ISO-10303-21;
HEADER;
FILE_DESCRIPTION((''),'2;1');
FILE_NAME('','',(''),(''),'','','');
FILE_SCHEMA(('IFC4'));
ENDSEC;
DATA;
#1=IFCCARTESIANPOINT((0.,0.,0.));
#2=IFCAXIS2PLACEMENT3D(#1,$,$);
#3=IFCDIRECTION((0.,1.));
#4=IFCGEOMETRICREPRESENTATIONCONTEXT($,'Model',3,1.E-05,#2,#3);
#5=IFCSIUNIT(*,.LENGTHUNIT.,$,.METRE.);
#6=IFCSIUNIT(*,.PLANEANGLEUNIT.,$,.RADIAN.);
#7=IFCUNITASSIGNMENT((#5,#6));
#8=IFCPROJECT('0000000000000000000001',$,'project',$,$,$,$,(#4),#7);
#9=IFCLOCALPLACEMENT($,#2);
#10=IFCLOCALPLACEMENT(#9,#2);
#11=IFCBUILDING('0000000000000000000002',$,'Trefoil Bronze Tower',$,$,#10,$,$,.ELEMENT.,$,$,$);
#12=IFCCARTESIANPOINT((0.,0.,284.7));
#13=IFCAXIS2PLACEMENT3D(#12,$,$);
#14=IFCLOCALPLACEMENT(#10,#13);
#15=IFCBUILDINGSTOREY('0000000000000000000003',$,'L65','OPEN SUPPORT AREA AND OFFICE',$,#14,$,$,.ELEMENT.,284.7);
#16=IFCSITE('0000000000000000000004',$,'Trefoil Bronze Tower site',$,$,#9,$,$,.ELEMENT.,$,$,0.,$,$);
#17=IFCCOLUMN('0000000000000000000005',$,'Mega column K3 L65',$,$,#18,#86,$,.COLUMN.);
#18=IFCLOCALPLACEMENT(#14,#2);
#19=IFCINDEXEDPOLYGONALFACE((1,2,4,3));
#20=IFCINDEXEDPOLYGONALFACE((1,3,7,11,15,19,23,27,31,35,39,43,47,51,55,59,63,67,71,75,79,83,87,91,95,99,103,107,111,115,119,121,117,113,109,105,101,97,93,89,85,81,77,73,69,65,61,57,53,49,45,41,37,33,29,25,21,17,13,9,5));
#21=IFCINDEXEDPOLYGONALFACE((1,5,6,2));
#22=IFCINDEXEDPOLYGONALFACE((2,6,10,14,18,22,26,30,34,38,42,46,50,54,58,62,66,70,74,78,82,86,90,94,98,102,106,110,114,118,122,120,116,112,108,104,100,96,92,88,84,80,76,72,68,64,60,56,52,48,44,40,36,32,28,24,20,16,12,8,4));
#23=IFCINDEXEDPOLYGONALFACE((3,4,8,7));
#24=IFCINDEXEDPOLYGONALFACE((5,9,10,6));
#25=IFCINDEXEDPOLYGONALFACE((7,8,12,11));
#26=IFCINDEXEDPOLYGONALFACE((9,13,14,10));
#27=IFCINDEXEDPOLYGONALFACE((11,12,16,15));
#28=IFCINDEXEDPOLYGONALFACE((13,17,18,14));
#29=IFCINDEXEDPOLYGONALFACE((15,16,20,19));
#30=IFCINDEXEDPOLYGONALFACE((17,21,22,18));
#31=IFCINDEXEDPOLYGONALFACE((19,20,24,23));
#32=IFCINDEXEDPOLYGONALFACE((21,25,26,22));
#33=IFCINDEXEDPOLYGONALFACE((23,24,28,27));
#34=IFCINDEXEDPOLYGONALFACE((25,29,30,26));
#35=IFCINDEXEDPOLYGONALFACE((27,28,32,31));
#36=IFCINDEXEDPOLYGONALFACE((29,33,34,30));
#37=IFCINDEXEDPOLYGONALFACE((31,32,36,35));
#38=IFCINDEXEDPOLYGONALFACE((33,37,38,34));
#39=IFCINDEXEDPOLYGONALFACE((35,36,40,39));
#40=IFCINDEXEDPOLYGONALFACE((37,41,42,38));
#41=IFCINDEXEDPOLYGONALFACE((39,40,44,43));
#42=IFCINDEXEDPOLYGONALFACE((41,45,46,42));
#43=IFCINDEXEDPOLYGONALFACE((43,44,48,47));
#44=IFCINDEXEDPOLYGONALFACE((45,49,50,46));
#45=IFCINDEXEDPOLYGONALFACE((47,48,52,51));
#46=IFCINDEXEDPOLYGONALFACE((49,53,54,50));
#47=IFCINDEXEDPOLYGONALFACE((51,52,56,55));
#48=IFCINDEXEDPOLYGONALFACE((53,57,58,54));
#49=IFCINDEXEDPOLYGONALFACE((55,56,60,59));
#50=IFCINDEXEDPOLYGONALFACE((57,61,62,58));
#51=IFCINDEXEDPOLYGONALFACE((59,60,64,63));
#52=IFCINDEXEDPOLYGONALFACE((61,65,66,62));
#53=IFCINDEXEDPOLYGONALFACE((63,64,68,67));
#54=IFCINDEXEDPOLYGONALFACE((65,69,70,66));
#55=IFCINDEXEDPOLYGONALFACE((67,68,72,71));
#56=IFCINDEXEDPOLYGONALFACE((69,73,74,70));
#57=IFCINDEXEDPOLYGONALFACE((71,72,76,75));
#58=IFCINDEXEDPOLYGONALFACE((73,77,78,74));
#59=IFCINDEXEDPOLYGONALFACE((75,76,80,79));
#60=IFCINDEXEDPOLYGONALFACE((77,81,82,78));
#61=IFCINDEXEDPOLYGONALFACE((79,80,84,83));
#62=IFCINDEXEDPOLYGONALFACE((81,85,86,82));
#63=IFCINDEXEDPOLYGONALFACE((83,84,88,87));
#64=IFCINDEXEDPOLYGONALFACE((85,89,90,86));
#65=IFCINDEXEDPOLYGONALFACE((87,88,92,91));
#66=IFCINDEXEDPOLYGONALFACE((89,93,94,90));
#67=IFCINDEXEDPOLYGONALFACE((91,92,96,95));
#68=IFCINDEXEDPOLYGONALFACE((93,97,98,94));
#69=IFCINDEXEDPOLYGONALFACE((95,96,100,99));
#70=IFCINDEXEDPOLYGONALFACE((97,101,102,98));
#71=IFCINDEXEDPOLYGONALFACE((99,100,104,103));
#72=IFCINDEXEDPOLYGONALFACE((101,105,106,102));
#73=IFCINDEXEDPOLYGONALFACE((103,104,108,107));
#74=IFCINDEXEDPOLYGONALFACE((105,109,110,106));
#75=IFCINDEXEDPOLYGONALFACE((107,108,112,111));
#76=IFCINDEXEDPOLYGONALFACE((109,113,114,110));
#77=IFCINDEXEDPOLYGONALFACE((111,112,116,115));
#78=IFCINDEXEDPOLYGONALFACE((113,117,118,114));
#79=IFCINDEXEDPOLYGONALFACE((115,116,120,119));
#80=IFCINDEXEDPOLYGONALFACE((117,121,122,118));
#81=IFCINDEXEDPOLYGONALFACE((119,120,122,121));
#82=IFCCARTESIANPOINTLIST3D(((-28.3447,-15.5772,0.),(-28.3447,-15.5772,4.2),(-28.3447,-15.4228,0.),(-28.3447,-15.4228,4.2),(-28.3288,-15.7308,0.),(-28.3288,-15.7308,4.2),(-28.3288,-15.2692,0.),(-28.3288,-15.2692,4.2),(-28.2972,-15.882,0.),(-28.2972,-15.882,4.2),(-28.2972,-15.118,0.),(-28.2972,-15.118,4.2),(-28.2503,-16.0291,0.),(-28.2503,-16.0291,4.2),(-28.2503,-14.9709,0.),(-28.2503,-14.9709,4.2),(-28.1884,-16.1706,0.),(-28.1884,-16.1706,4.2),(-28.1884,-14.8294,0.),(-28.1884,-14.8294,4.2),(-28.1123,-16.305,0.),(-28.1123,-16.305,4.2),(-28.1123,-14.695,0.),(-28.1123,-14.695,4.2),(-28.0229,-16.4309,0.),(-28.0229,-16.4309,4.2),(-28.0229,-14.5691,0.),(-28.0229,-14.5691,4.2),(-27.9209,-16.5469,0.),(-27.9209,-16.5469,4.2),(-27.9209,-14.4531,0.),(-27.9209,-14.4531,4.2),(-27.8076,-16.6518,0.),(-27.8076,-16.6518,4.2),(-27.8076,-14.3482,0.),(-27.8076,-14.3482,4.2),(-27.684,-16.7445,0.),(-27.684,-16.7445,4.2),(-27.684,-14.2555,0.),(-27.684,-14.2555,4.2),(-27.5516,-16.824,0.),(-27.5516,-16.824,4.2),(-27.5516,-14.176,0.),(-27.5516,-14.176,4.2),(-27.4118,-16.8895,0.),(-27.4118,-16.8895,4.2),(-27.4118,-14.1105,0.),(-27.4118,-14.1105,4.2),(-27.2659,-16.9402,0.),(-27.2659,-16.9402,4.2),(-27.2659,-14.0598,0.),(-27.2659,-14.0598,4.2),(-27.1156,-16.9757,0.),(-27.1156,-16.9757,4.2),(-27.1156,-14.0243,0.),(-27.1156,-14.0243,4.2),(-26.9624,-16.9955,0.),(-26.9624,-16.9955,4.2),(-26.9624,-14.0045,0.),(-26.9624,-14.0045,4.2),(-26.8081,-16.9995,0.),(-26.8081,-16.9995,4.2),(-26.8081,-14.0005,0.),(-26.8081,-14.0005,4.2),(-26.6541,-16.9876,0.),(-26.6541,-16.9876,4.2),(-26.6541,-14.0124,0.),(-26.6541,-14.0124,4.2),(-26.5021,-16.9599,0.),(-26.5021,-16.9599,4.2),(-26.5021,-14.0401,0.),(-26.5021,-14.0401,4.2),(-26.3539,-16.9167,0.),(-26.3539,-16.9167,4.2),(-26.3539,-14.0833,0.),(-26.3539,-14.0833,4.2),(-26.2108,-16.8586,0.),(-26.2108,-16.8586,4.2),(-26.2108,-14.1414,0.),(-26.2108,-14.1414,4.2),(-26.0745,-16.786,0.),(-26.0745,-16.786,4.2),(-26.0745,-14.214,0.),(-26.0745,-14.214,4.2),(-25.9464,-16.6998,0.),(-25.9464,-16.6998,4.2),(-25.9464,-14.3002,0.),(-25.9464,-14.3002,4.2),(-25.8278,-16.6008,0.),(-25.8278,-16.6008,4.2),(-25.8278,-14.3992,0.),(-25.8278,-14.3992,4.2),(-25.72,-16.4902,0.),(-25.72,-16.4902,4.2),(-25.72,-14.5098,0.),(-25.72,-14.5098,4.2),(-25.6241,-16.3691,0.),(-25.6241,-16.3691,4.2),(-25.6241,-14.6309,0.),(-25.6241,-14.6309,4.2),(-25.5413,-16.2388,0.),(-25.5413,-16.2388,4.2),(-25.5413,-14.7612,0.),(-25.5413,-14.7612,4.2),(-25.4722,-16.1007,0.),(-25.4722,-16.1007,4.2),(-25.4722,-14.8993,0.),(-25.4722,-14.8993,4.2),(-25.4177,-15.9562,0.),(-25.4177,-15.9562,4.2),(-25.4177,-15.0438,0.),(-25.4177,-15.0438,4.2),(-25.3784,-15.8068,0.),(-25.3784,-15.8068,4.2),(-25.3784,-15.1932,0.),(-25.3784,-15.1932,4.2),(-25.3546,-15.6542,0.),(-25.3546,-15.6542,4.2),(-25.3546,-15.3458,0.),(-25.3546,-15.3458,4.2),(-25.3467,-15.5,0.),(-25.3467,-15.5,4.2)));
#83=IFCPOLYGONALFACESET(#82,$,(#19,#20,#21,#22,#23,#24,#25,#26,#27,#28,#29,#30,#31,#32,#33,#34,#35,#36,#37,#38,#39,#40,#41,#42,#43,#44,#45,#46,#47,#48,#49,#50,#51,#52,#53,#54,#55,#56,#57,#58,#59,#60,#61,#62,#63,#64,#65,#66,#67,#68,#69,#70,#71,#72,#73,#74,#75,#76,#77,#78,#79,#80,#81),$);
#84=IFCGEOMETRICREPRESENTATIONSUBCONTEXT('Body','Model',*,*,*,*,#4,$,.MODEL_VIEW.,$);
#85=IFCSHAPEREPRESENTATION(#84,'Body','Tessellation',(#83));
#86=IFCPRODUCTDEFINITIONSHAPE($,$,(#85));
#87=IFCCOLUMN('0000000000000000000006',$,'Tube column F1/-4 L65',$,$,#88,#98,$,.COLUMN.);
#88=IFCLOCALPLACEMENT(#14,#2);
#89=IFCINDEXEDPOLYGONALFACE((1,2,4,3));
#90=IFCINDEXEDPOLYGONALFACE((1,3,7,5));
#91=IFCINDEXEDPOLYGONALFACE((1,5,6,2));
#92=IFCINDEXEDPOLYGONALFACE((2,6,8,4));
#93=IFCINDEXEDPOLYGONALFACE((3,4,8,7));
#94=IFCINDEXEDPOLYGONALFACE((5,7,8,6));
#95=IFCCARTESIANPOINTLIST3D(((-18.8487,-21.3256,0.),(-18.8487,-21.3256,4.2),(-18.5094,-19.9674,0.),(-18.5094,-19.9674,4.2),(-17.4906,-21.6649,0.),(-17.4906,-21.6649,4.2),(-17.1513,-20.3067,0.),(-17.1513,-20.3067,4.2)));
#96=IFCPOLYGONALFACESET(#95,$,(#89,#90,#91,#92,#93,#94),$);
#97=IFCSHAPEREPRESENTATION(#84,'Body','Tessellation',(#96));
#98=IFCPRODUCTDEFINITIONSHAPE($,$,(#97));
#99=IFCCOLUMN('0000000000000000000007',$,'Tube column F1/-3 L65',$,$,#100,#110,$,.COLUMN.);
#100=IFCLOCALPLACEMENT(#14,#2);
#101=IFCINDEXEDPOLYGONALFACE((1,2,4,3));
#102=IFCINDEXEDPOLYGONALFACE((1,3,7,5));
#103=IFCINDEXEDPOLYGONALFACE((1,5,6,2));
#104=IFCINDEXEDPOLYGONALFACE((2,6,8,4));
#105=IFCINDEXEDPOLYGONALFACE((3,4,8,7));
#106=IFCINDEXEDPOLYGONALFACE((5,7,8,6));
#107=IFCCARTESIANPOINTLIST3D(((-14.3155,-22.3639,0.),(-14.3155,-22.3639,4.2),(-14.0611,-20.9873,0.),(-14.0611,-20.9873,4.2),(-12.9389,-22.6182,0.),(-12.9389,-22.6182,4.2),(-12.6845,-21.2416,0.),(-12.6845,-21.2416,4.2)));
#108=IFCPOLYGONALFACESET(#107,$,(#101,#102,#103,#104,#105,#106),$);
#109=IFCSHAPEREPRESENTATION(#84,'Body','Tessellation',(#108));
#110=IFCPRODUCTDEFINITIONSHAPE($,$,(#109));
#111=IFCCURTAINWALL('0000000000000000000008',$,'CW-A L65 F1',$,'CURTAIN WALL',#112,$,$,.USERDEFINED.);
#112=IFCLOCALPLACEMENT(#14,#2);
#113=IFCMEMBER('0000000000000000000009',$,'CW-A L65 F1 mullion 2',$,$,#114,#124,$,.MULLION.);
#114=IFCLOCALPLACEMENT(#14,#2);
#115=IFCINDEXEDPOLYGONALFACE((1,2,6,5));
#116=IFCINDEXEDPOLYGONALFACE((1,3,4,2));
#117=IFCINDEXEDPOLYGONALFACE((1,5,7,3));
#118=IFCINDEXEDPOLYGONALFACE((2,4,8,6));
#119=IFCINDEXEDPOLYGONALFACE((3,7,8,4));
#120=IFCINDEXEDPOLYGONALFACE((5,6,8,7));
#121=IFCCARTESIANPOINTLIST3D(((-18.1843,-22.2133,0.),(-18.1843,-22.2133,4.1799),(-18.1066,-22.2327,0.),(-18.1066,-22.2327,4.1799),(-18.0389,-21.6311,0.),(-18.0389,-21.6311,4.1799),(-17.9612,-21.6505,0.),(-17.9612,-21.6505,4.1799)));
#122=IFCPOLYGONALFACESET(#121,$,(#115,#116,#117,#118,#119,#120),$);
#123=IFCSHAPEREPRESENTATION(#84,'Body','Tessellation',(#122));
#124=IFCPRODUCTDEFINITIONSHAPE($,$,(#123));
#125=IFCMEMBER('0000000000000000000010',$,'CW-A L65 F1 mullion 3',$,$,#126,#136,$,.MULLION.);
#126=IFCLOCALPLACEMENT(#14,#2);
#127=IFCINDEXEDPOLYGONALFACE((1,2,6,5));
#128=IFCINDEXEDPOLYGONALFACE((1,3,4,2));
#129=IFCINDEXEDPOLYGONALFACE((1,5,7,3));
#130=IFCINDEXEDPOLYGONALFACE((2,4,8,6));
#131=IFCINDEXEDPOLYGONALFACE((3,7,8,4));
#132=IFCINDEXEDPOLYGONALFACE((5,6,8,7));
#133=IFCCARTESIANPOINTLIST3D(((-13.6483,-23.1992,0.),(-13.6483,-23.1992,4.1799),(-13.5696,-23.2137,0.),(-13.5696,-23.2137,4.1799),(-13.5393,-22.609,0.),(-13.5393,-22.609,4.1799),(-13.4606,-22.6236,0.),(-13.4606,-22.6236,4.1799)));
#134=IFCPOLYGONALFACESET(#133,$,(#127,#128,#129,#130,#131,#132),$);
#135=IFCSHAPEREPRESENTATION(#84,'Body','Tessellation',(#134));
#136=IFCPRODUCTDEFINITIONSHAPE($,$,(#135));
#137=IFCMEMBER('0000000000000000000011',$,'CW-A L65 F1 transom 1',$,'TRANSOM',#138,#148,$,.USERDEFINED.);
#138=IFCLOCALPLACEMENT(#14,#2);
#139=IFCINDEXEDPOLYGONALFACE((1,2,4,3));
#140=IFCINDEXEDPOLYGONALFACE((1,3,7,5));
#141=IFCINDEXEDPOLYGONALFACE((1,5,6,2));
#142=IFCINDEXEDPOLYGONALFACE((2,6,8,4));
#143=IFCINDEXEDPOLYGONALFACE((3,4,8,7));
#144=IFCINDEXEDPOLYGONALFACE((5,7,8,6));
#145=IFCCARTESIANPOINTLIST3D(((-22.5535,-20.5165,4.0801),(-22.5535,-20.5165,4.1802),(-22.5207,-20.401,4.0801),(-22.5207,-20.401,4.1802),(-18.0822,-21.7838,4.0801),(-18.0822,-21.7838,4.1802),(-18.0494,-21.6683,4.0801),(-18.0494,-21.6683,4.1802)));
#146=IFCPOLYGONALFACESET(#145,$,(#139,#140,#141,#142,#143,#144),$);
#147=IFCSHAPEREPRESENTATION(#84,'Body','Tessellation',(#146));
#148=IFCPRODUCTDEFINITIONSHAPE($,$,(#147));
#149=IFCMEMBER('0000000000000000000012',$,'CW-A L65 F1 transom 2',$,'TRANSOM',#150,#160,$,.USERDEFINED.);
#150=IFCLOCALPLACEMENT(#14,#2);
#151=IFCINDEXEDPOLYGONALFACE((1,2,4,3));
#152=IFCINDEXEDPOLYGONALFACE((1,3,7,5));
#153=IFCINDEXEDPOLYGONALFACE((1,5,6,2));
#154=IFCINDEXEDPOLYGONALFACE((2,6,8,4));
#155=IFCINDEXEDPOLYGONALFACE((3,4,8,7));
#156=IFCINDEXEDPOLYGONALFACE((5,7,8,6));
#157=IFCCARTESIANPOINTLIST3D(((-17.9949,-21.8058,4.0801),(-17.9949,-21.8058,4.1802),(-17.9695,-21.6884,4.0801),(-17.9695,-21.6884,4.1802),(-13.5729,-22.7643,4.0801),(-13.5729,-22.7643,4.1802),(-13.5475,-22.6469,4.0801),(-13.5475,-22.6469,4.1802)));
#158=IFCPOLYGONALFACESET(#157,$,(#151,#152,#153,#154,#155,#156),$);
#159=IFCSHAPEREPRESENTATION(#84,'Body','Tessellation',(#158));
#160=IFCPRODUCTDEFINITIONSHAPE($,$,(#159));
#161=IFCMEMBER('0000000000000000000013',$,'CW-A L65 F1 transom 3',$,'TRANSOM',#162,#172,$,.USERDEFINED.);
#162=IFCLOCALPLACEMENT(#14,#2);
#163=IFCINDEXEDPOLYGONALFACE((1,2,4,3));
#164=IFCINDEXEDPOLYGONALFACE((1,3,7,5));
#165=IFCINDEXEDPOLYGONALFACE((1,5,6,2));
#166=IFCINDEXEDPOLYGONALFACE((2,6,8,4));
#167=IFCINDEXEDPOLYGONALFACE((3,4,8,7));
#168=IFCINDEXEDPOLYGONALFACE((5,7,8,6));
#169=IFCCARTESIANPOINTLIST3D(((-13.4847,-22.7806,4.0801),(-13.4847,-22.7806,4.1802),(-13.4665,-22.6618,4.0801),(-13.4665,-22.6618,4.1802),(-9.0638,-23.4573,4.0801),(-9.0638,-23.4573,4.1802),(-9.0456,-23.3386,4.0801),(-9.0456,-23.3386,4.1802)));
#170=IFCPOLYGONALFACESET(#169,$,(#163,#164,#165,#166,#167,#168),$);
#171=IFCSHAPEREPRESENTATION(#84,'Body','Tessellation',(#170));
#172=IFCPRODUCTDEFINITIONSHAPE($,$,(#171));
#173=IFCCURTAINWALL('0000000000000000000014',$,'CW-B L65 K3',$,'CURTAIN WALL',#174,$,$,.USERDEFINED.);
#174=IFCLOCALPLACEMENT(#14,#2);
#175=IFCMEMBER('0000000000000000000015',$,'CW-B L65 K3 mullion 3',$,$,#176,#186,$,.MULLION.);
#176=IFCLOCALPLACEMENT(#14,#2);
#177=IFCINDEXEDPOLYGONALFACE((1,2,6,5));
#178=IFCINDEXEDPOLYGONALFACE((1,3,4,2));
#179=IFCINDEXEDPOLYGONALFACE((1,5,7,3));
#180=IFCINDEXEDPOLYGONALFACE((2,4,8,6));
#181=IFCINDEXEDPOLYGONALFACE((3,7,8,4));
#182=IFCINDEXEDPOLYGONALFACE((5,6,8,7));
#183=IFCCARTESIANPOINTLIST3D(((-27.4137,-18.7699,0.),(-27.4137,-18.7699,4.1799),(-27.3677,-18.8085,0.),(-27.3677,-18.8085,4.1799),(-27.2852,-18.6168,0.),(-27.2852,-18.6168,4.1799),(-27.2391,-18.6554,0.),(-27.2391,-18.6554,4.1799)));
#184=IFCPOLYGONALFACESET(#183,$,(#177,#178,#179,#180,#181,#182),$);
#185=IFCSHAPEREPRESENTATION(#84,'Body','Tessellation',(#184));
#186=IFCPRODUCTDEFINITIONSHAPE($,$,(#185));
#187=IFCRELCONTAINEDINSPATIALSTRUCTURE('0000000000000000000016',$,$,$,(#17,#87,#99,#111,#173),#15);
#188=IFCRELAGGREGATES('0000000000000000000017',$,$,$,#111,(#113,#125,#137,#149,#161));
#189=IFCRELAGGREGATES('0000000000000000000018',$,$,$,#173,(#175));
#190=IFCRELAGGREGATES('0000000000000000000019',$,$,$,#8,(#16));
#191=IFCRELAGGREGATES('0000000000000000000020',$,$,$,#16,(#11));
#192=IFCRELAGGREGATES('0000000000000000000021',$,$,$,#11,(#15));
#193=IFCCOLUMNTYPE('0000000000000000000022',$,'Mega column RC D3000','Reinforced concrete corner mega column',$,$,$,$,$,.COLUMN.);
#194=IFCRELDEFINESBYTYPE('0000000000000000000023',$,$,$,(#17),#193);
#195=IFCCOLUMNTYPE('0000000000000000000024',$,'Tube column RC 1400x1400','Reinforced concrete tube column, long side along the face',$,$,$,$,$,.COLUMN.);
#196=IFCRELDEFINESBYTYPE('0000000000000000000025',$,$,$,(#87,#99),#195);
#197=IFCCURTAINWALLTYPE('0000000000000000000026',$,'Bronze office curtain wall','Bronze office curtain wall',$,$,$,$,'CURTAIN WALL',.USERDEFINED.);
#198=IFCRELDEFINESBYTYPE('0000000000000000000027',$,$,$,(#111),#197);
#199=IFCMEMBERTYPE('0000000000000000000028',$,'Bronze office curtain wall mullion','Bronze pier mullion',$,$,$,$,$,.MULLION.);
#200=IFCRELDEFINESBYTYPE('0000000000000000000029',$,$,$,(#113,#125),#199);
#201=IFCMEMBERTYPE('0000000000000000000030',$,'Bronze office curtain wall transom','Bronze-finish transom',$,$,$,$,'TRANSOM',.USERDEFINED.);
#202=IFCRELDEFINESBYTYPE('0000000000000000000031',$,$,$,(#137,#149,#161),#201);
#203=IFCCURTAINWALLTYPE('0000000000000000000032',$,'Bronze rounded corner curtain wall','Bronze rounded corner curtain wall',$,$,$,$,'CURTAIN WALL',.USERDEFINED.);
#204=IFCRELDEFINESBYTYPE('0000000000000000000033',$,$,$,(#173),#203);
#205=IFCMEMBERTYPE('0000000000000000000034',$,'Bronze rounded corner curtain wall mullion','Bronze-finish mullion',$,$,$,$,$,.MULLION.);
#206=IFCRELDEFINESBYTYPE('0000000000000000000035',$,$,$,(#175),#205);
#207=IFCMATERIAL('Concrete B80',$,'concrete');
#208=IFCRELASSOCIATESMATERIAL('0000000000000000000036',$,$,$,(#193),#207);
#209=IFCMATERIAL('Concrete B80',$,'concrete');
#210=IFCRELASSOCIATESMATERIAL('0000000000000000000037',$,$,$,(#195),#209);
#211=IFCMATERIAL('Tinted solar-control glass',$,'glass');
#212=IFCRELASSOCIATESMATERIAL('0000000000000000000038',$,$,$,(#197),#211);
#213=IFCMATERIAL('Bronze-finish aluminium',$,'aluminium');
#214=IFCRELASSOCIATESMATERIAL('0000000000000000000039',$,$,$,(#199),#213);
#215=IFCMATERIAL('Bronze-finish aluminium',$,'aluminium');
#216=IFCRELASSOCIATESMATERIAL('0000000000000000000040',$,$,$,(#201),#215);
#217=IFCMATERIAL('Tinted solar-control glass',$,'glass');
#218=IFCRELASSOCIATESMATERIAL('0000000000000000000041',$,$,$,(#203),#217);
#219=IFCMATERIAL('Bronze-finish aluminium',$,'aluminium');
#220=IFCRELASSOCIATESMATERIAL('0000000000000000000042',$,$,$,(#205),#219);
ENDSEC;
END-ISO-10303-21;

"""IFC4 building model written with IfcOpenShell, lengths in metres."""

from ifc_helpers import new_model, si_unit, direction, frame, origin, origin_2d, place, context, subcontext, project, spatial, rectangle, circle, extrude, material, material_profile, profile_set, type_object, element, aggregate, save


model = new_model("IFC4")

# Units and contexts
model_context = context("Model", 3, precision=1e-05, world=origin(), true_north=direction((0.0, 1.0)))
body_context = subcontext(model_context, "Body", "Model", "MODEL_VIEW")
ifc_project = project(units=[si_unit("LENGTHUNIT", "METRE"), si_unit("PLANEANGLEUNIT", "RADIAN")], contexts=[model_context])

# Site, building, storey
site_placement = place(None, origin())
site = spatial("IfcSite", under=ifc_project, at=site_placement, Name="Trefoil Bronze Tower site", CompositionType="ELEMENT", RefElevation=0.0)
building_placement = place(site_placement, origin())
building = spatial("IfcBuilding", under=site, at=building_placement, Name="Trefoil Bronze Tower", CompositionType="ELEMENT")
storey_placement = place(building_placement, frame((0.0, 0.0, 284.7)))
storey = spatial("IfcBuildingStorey", under=building, at=storey_placement, Name="L65", Description="OPEN SUPPORT AREA AND OFFICE", CompositionType="ELEMENT", Elevation=284.7)

# Columns
ifc_material_1 = material(Name="Concrete B80", Category="concrete")
ifc_material_profile_1 = material_profile(ifc_material_1, circle(Radius=1.5, at=origin_2d()), Name="RC D3000")
ifc_profile_set_1 = profile_set([ifc_material_profile_1], Name="Concrete B80")
column_type_1 = type_object("IfcColumnType", Name="Mega column RC D3000", Description="Reinforced concrete corner mega column", PredefinedType="COLUMN", material=ifc_profile_set_1)
column_placement = place(storey_placement, frame((-26.8467, -15.5, 0.0), z_axis=(0.0, 0.0, 1.0), x_axis=(1.0, 0.0, 0.0)))
element("IfcColumn", 1, at=column_placement, inside=storey, type_object=column_type_1, Name="Mega column K3 L65", PredefinedType="COLUMN", context=body_context, shape_type="SweptSolid", body=[
    extrude(circle(Radius=1.5, at=origin_2d()), origin(), (0.0, 0.0, 1.0), 4.2),
])
ifc_material_2 = material(Name="Concrete B80", Category="concrete")
ifc_material_profile_2 = material_profile(ifc_material_2, rectangle(XDim=1.3999, YDim=1.3999, at=origin_2d()), Name="RC 1400x1400")
ifc_profile_set_2 = profile_set([ifc_material_profile_2], Name="Concrete B80")
column_type_2 = type_object("IfcColumnType", Name="Tube column RC 1400x1400", Description="Reinforced concrete tube column, long side along the face", PredefinedType="COLUMN", material=ifc_profile_set_2)
for number, where, z_axis, x_axis, name in (
    (2, (-18.0, -20.8162, 0.0), (0.0, 0.0, 1.0), (0.970178, -0.242394, 0.0), "Tube column F1/-4 L65"),
    (3, (-13.5, -21.8027, 0.0), (0.0, 0.0, 1.0), (0.98336, -0.181667, 0.0), "Tube column F1/-3 L65"),
):
    element("IfcColumn", number, at=place(storey_placement, frame(where, z_axis=z_axis, x_axis=x_axis)), inside=storey, type_object=column_type_2, Name=name, PredefinedType="COLUMN", context=body_context, shape_type="SweptSolid", body=[
        extrude(rectangle(XDim=1.3999, YDim=1.3999, at=origin_2d()), origin(), (0.0, 0.0, 1.0), 4.2),
    ])

# Curtain walls, members
ifc_material_3 = material(Name="Tinted solar-control glass", Category="glass")
curtain_wall_type_1 = type_object("IfcCurtainWallType", Name="Bronze office curtain wall", Description="Bronze office curtain wall", ElementType="CURTAIN WALL", PredefinedType="USERDEFINED", material=ifc_material_3)
curtain_wall_1_placement = place(storey_placement, origin())
curtain_wall_1 = element("IfcCurtainWall", 4, at=curtain_wall_1_placement, inside=storey, type_object=curtain_wall_type_1, Name="CW-A L65 F1", ObjectType="CURTAIN WALL", PredefinedType="USERDEFINED")
ifc_material_4 = material(Name="Bronze-finish aluminium", Category="aluminium")
ifc_material_profile_3 = material_profile(ifc_material_4, rectangle(XDim=0.6001, YDim=0.0801, at=origin_2d()), Name="CW-A mullion")
ifc_profile_set_3 = profile_set([ifc_material_profile_3], Name="Bronze-finish aluminium")
member_type_1 = type_object("IfcMemberType", Name="Bronze office curtain wall mullion", Description="Bronze pier mullion", PredefinedType="MULLION", material=ifc_profile_set_3)
member_1_placement = place(storey_placement, frame((-18.0728, -21.9319, 0.0), z_axis=(0.0, 0.0, 1.0), x_axis=(0.242394, 0.970178, 0.0)))
member_1 = element("IfcMember", 5, at=member_1_placement, type_object=member_type_1, Name="CW-A L65 F1 mullion 2", PredefinedType="MULLION", context=body_context, shape_type="SweptSolid", body=[
    extrude(rectangle(XDim=0.6001, YDim=0.0801, at=origin_2d()), origin(), (0.0, 0.0, 1.0), 4.1799),
])
member_2_placement = place(storey_placement, frame((-13.5544, -22.9114, 0.0), z_axis=(0.0, 0.0, 1.0), x_axis=(0.181667, 0.98336, 0.0)))
member_2 = element("IfcMember", 6, at=member_2_placement, type_object=member_type_1, Name="CW-A L65 F1 mullion 3", PredefinedType="MULLION", context=body_context, shape_type="SweptSolid", body=[
    extrude(rectangle(XDim=0.6001, YDim=0.0801, at=origin_2d()), origin(), (0.0, 0.0, 1.0), 4.1799),
])
ifc_material_5 = material(Name="Bronze-finish aluminium", Category="aluminium")
ifc_material_profile_4 = material_profile(ifc_material_5, rectangle(XDim=0.1201, YDim=0.1001, at=origin_2d()), Name="CW-A transom")
ifc_profile_set_4 = profile_set([ifc_material_profile_4], Name="Bronze-finish aluminium")
member_type_2 = type_object("IfcMemberType", Name="Bronze office curtain wall transom", Description="Bronze-finish transom", ElementType="TRANSOM", PredefinedType="USERDEFINED", material=ifc_profile_set_4)
member_3_placement = place(storey_placement, frame((-22.5371, -20.4587, 4.1301), z_axis=(0.962103, -0.272688, 0.0), x_axis=(0.272688, 0.962103, 0.0)))
member_3 = element("IfcMember", 7, at=member_3_placement, type_object=member_type_2, Name="CW-A L65 F1 transom 1", ObjectType="TRANSOM", PredefinedType="USERDEFINED", context=body_context, shape_type="SweptSolid", body=[
    extrude(rectangle(XDim=0.1201, YDim=0.1001, at=origin_2d()), origin(), (0.0, 0.0, 1.0), 4.6475),
])
member_4_placement = place(storey_placement, frame((-17.9822, -21.7471, 4.1301), z_axis=(0.977304, -0.211843, 0.0), x_axis=(0.211843, 0.977304, 0.0)))
member_4 = element("IfcMember", 8, at=member_4_placement, type_object=member_type_2, Name="CW-A L65 F1 transom 2", ObjectType="TRANSOM", PredefinedType="USERDEFINED", context=body_context, shape_type="SweptSolid", body=[
    extrude(rectangle(XDim=0.1201, YDim=0.1001, at=origin_2d()), origin(), (0.0, 0.0, 1.0), 4.5247),
])
member_5_placement = place(storey_placement, frame((-13.4756, -22.7212, 4.1301), z_axis=(0.988485, -0.151319, 0.0), x_axis=(0.151319, 0.988485, 0.0)))
member_5 = element("IfcMember", 9, at=member_5_placement, type_object=member_type_2, Name="CW-A L65 F1 transom 3", ObjectType="TRANSOM", PredefinedType="USERDEFINED", context=body_context, shape_type="SweptSolid", body=[
    extrude(rectangle(XDim=0.1201, YDim=0.1001, at=origin_2d()), origin(), (0.0, 0.0, 1.0), 4.4724),
])
ifc_material_6 = material(Name="Tinted solar-control glass", Category="glass")
curtain_wall_type_2 = type_object("IfcCurtainWallType", Name="Bronze rounded corner curtain wall", Description="Bronze rounded corner curtain wall", ElementType="CURTAIN WALL", PredefinedType="USERDEFINED", material=ifc_material_6)
curtain_wall_2_placement = place(storey_placement, origin())
curtain_wall_2 = element("IfcCurtainWall", 10, at=curtain_wall_2_placement, inside=storey, type_object=curtain_wall_type_2, Name="CW-B L65 K3", ObjectType="CURTAIN WALL", PredefinedType="USERDEFINED")
ifc_material_7 = material(Name="Bronze-finish aluminium", Category="aluminium")
ifc_material_profile_5 = material_profile(ifc_material_7, rectangle(XDim=0.2, YDim=0.0601, at=origin_2d()), Name="CW-B mullion")
ifc_profile_set_5 = profile_set([ifc_material_profile_5], Name="Bronze-finish aluminium")
member_type_3 = type_object("IfcMemberType", Name="Bronze rounded corner curtain wall mullion", Description="Bronze-finish mullion", PredefinedType="MULLION", material=ifc_profile_set_5)
member_6_placement = place(storey_placement, frame((-27.3264, -18.7126, 0.0), z_axis=(0.0, 0.0, 1.0), x_axis=(0.642788, 0.766044, 0.0)))
member_6 = element("IfcMember", 11, at=member_6_placement, type_object=member_type_3, Name="CW-B L65 K3 mullion 3", PredefinedType="MULLION", context=body_context, shape_type="SweptSolid", body=[
    extrude(rectangle(XDim=0.2, YDim=0.0601, at=origin_2d()), origin(), (0.0, 0.0, 1.0), 4.1799),
])

aggregate(curtain_wall_1, [member_1, member_2, member_3, member_4, member_5])
aggregate(curtain_wall_2, [member_6])

save(model, "model.ifc")
